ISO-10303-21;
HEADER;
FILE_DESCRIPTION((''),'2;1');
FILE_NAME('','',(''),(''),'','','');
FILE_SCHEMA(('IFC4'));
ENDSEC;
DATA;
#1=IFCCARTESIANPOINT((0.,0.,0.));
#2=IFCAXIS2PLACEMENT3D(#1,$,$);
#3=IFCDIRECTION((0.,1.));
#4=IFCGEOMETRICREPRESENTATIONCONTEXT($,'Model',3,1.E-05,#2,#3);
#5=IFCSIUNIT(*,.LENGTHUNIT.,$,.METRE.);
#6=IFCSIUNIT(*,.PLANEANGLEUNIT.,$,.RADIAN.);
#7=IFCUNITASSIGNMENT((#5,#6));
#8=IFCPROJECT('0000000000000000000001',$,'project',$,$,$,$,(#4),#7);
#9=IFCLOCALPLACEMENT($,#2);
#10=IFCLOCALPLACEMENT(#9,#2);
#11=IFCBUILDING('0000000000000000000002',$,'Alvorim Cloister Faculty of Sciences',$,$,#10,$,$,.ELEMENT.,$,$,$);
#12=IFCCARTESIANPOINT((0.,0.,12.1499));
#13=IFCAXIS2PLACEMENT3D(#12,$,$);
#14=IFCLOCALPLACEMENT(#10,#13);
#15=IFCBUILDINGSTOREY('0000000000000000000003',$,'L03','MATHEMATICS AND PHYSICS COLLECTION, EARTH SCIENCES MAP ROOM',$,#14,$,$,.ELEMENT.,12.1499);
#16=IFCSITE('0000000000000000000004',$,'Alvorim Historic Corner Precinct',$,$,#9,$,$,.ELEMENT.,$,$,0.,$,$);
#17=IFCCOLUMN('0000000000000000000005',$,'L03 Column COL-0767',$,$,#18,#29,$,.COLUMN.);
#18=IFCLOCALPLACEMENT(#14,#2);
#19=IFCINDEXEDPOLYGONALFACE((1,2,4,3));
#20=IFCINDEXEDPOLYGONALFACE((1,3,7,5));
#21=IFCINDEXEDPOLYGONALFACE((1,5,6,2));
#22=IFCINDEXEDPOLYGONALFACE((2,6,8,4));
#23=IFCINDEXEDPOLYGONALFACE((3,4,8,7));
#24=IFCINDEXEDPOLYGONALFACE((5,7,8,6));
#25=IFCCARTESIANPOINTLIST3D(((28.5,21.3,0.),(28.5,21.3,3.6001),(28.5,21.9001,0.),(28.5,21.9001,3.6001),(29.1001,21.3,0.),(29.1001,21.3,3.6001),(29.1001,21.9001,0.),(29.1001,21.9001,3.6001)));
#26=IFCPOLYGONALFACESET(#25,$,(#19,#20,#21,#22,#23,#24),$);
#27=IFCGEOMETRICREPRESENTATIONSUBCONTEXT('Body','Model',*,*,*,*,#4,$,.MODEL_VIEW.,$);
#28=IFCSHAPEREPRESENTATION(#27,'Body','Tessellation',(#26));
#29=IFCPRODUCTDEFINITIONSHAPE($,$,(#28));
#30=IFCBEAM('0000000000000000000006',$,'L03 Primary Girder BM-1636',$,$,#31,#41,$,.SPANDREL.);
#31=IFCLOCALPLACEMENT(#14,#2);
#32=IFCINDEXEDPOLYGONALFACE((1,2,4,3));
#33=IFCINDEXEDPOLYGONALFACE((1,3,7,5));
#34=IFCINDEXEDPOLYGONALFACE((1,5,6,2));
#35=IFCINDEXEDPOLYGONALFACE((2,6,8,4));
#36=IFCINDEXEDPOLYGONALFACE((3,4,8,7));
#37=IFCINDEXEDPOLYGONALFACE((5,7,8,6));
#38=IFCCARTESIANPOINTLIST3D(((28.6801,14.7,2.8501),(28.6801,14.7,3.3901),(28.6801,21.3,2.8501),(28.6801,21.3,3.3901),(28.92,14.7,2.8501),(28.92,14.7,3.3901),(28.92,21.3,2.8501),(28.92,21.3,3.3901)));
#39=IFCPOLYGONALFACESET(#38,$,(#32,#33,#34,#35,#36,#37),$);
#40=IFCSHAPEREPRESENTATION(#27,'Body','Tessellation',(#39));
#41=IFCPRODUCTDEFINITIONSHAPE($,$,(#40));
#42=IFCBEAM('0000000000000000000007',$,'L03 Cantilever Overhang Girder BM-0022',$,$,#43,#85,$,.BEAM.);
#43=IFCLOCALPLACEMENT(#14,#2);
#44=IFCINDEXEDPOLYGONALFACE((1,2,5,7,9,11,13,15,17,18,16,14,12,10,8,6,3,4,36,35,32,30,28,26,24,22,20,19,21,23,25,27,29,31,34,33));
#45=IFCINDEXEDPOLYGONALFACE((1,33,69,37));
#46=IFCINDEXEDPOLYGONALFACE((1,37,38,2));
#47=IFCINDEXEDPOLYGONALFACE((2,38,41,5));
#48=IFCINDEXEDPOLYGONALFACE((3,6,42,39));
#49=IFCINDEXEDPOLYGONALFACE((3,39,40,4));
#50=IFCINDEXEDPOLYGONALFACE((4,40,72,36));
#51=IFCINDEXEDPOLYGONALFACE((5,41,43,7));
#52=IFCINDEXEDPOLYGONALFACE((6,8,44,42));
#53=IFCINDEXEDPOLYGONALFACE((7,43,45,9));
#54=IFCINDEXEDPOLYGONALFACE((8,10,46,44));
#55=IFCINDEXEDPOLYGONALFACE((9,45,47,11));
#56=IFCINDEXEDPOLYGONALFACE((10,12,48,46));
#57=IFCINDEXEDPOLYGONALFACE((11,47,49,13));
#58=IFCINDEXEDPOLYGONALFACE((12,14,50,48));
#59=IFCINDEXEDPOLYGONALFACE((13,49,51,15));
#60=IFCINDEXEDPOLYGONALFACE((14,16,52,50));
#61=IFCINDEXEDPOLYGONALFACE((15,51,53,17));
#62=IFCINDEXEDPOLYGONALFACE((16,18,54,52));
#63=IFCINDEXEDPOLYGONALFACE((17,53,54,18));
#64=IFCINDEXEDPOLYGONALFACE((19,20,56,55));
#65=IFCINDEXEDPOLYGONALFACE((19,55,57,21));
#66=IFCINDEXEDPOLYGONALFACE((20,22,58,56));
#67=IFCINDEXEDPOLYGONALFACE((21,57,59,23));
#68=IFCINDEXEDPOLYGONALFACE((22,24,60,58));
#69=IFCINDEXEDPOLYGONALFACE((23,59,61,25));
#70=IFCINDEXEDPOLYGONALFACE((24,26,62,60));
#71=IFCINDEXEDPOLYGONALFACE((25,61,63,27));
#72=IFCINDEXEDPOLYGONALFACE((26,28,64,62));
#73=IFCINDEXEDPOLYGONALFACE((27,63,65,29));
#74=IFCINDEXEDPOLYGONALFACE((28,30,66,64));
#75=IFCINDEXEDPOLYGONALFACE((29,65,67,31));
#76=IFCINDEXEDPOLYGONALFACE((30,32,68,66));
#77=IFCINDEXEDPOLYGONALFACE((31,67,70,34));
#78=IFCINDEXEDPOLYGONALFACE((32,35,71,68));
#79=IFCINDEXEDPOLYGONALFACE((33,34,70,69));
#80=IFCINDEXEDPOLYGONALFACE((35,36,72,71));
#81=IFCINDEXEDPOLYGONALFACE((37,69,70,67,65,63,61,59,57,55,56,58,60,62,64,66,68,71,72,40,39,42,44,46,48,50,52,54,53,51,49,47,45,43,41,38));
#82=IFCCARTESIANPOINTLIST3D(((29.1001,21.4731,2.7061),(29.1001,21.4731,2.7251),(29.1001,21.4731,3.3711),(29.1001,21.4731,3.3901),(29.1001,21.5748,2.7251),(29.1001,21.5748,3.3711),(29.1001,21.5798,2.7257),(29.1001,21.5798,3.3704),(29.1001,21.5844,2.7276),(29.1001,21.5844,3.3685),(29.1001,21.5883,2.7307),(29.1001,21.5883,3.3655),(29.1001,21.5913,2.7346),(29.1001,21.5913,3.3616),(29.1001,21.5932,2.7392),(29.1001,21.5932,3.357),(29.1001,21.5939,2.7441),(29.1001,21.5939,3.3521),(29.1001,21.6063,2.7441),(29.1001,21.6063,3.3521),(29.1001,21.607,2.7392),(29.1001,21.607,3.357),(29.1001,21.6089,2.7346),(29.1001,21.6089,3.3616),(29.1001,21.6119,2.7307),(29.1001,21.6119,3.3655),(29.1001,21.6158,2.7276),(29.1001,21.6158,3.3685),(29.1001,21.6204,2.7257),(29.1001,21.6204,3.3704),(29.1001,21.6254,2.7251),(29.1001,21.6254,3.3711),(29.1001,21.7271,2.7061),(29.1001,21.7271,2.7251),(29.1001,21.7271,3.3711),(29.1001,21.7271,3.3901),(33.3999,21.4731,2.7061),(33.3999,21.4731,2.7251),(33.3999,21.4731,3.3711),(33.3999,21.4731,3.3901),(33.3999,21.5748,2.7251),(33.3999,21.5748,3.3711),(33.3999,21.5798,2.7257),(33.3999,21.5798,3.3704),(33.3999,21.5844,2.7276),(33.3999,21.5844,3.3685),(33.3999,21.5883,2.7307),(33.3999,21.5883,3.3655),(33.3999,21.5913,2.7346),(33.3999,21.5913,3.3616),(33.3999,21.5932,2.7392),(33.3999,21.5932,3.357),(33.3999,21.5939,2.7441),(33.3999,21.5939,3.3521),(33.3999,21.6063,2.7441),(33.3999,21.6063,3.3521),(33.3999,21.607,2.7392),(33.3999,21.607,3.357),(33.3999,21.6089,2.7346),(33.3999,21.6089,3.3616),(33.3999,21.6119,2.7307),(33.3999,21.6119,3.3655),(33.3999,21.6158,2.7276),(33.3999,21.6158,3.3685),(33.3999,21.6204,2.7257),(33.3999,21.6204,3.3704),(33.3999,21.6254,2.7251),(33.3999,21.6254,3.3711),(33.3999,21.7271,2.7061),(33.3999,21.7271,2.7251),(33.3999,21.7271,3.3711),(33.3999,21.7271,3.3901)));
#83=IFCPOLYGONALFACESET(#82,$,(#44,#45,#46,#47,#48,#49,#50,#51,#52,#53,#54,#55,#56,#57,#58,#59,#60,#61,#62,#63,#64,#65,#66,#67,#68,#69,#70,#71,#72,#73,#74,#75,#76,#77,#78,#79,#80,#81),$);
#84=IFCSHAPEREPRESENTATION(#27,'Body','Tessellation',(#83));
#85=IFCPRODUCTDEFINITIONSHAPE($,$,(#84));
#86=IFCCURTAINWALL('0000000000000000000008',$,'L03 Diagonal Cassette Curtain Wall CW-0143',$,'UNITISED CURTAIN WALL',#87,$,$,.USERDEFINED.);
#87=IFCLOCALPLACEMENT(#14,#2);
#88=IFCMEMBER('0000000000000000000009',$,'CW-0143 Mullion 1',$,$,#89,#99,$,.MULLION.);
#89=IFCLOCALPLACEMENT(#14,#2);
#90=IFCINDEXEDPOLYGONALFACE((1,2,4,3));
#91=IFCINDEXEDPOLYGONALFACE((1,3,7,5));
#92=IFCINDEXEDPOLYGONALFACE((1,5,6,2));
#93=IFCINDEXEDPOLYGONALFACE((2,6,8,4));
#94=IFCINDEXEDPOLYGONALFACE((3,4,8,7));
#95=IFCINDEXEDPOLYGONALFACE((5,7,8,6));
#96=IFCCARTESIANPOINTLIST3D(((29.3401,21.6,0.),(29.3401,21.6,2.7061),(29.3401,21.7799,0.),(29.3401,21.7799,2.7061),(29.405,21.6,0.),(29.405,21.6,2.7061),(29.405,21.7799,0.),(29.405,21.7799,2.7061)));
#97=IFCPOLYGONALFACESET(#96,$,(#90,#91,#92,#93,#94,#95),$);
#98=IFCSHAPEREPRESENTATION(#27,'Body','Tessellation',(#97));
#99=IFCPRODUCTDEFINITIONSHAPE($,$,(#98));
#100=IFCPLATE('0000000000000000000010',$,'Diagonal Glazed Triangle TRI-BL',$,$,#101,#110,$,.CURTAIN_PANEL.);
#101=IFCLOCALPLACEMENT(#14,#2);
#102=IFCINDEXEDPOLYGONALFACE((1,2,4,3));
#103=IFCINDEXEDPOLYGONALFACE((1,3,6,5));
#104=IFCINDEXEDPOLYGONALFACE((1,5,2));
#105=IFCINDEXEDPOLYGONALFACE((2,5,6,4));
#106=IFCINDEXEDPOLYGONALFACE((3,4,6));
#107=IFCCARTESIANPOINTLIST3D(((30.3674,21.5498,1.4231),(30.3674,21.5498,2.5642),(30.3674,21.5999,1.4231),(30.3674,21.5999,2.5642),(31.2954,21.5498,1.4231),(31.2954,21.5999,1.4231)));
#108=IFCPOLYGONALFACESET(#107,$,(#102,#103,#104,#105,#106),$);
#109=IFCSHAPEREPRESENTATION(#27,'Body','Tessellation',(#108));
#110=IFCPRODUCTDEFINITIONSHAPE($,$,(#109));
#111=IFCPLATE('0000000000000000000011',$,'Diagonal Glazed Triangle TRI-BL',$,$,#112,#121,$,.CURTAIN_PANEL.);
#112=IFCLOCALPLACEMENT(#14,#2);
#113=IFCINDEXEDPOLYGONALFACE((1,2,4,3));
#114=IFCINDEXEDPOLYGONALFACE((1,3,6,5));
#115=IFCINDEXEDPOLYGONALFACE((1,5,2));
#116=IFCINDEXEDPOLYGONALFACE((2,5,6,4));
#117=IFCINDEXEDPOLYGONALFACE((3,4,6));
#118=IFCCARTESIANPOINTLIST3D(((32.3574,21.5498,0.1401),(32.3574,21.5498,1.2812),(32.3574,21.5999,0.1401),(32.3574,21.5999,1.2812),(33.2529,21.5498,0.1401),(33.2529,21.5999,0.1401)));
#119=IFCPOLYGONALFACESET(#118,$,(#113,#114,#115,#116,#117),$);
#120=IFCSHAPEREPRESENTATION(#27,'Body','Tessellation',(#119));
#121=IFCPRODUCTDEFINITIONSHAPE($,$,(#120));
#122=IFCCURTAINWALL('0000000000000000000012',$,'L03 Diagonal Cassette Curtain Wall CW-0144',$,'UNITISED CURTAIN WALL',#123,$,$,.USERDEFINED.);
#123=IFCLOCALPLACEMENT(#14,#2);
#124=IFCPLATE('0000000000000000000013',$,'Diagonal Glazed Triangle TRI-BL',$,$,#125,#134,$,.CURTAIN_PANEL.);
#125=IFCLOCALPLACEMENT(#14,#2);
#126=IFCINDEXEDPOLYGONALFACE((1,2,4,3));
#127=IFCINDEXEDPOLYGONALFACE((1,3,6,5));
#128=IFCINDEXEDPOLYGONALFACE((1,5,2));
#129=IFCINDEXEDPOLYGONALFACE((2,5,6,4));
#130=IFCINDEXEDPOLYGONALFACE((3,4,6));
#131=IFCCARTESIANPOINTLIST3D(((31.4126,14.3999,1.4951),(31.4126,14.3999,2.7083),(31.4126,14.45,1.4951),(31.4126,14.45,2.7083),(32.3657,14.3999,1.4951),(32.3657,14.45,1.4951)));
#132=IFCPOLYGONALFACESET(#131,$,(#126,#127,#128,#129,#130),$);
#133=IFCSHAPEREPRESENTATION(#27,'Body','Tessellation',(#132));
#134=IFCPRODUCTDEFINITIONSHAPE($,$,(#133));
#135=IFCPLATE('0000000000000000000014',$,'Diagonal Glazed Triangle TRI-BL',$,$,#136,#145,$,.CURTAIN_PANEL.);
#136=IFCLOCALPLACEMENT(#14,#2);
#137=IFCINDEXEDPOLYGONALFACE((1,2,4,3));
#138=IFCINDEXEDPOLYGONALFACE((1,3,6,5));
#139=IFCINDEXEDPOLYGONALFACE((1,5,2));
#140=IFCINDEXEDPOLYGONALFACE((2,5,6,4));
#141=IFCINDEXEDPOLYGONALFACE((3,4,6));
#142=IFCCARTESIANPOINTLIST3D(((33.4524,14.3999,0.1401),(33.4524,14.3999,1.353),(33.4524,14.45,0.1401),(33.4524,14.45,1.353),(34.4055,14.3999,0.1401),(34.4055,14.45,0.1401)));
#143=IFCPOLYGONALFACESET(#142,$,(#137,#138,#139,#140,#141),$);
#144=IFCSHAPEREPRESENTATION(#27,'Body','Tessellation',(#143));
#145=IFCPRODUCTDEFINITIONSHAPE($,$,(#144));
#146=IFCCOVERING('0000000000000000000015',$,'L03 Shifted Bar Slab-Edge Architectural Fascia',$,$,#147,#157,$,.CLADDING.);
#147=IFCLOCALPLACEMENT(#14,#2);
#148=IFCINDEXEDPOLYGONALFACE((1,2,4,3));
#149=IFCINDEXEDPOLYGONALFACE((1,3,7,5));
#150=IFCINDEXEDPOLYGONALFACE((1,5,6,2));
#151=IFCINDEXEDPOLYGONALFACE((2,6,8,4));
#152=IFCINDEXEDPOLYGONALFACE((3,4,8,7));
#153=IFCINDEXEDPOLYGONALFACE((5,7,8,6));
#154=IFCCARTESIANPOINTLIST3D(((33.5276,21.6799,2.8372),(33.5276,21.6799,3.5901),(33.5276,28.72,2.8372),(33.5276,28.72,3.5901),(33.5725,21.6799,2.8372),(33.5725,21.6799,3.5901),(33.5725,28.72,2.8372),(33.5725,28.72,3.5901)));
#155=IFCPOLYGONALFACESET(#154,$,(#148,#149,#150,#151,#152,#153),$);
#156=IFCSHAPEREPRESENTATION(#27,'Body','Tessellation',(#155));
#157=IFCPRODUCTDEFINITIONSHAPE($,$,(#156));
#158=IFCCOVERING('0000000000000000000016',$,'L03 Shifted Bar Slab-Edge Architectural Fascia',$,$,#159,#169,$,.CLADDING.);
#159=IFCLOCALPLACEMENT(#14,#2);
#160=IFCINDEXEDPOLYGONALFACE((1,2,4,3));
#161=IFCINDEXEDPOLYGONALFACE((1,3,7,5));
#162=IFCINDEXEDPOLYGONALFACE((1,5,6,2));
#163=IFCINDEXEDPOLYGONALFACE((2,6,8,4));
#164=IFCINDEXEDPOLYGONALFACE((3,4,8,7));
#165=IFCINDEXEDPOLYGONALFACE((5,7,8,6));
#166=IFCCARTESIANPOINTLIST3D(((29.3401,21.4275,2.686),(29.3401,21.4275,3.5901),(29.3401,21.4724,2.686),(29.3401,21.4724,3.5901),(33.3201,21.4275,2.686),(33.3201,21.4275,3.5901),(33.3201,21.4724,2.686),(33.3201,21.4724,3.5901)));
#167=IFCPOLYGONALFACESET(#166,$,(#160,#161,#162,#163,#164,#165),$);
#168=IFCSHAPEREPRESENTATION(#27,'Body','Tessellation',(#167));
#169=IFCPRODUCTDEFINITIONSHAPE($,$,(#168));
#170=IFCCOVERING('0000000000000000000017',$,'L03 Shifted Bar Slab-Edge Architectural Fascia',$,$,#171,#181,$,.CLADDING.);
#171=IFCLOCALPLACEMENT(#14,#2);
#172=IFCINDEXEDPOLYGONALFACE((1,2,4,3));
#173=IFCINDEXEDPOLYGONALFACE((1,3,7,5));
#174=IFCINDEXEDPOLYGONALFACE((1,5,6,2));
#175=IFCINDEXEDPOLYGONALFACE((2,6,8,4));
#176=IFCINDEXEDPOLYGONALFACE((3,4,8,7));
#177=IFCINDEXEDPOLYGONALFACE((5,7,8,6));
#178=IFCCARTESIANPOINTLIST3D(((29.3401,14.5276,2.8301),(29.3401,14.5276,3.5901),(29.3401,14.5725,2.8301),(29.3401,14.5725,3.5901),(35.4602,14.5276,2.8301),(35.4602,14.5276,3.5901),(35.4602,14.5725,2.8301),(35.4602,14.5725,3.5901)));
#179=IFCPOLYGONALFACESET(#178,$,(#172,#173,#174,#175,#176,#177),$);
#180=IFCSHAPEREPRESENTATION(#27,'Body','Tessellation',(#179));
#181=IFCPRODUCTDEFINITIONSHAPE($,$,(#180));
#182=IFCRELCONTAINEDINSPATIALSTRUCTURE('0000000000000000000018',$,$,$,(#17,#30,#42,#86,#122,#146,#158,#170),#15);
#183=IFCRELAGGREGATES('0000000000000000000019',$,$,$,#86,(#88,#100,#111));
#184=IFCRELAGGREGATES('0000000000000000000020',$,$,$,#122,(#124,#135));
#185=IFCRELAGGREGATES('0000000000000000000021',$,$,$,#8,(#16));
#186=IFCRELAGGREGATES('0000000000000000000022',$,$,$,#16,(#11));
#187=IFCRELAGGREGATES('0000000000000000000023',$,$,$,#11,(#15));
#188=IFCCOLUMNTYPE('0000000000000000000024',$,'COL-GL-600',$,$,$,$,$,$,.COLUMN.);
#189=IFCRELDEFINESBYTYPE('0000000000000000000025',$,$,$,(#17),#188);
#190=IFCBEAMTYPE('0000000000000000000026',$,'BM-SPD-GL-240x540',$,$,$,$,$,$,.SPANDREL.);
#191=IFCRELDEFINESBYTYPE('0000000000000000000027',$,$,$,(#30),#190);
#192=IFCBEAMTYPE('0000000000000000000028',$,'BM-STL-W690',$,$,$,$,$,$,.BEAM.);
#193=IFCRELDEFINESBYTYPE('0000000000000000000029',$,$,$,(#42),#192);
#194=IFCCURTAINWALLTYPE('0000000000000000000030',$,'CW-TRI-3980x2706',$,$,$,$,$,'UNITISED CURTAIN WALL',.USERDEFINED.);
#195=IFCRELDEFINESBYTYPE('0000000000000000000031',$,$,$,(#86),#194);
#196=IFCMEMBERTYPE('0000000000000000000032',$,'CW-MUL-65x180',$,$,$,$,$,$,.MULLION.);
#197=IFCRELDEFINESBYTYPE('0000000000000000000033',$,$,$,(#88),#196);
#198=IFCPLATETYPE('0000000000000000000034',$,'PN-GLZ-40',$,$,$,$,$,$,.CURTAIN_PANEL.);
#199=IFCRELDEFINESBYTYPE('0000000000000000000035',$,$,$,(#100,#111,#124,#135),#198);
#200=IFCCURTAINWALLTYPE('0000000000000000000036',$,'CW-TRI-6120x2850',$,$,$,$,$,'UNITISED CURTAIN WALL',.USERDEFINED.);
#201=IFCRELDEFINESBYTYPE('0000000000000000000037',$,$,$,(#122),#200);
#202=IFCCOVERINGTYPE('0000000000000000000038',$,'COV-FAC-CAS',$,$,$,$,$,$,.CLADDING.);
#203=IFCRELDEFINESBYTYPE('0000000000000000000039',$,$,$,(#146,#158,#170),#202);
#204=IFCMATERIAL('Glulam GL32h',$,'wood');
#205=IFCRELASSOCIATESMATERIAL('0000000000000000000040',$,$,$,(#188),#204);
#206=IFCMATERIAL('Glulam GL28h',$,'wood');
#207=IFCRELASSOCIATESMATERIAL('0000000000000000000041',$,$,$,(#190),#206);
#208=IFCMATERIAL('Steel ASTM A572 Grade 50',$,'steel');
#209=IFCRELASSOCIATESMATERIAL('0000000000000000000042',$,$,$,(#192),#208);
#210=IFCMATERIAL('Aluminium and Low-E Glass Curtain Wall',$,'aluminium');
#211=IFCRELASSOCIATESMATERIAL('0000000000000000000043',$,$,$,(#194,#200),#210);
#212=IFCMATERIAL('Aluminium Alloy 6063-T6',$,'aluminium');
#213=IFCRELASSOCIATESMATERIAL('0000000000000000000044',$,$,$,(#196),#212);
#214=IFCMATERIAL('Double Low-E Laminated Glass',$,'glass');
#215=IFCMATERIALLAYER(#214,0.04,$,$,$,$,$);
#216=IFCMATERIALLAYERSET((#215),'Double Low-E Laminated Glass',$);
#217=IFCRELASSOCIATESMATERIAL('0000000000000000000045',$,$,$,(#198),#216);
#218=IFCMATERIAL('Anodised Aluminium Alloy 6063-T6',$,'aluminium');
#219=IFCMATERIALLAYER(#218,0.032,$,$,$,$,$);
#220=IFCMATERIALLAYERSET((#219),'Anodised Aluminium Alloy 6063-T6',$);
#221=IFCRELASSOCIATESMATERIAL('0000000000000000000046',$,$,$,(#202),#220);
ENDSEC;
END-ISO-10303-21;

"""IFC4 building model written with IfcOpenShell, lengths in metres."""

from ifc_helpers import new_model, si_unit, direction, frame, origin, origin_2d, place, context, subcontext, project, spatial, polyline, rectangle, i_section, outline, extrude, material, layer, layer_set, material_profile, profile_set, type_object, element, aggregate, save


model = new_model("IFC4")

# Units and contexts
model_context = context("Model", 3, precision=1e-05, world=origin(), true_north=direction((0.0, 1.0)))
body_context = subcontext(model_context, "Body", "Model", "MODEL_VIEW")
ifc_project = project(units=[si_unit("LENGTHUNIT", "METRE"), si_unit("PLANEANGLEUNIT", "RADIAN")], contexts=[model_context])

# Site, building, storey
site_placement = place(None, origin())
site = spatial("IfcSite", under=ifc_project, at=site_placement, Name="Alvorim Historic Corner Precinct", CompositionType="ELEMENT", RefElevation=0.0)
building_placement = place(site_placement, origin())
building = spatial("IfcBuilding", under=site, at=building_placement, Name="Alvorim Cloister Faculty of Sciences", CompositionType="ELEMENT")
storey_placement = place(building_placement, frame((0.0, 0.0, 12.1499)))
storey = spatial("IfcBuildingStorey", under=building, at=storey_placement, Name="L03", Description="MATHEMATICS AND PHYSICS COLLECTION, EARTH SCIENCES MAP ROOM", CompositionType="ELEMENT", Elevation=12.1499)

# Column
ifc_material_1 = material(Name="Glulam GL32h", Category="wood")
ifc_material_profile_1 = material_profile(ifc_material_1, rectangle(XDim=0.6001, YDim=0.6001, at=origin_2d()), Name="GL32-COL-600x600")
ifc_profile_set_1 = profile_set([ifc_material_profile_1], Name="Glulam GL32h")
column_type = type_object("IfcColumnType", Name="COL-GL-600", PredefinedType="COLUMN", material=ifc_profile_set_1)
column_placement = place(storey_placement, frame((28.8, 21.6001, 0.0), z_axis=(0.0, 0.0, 1.0), x_axis=(1.0, 0.0, 0.0)))
element("IfcColumn", 1, at=column_placement, inside=storey, type_object=column_type, Name="L03 Column COL-0767", PredefinedType="COLUMN", context=body_context, shape_type="SweptSolid", body=[
    extrude(rectangle(XDim=0.6001, YDim=0.6001, at=origin_2d()), origin(), (0.0, 0.0, 1.0), 3.6001),
])

# Beams
ifc_material_2 = material(Name="Glulam GL28h", Category="wood")
ifc_material_profile_2 = material_profile(ifc_material_2, rectangle(XDim=0.24, YDim=0.54, at=origin_2d()), Name="GL28-SPD-240x540")
ifc_profile_set_2 = profile_set([ifc_material_profile_2], Name="Glulam GL28h")
beam_type_1 = type_object("IfcBeamType", Name="BM-SPD-GL-240x540", PredefinedType="SPANDREL", material=ifc_profile_set_2)
beam_1_placement = place(storey_placement, frame((28.8, 14.7, 3.1201), z_axis=(0.0, 1.0, 0.0), x_axis=(-1.0, 0.0, 0.0)))
element("IfcBeam", 2, at=beam_1_placement, inside=storey, type_object=beam_type_1, Name="L03 Primary Girder BM-1636", PredefinedType="SPANDREL", context=body_context, shape_type="SweptSolid", body=[
    extrude(rectangle(XDim=0.24, YDim=0.54, at=origin_2d()), origin(), (0.0, 0.0, 1.0), 6.6001),
])
ifc_material_3 = material(Name="Steel ASTM A572 Grade 50", Category="steel")
ifc_material_profile_3 = material_profile(ifc_material_3, i_section(OverallWidth=0.2539, OverallDepth=0.6841, WebThickness=0.0125, FlangeThickness=0.019, FilletRadius=0.019, at=origin_2d()), Name="W690x140.0")
ifc_profile_set_3 = profile_set([ifc_material_profile_3], Name="Steel ASTM A572 Grade 50")
beam_type_2 = type_object("IfcBeamType", Name="BM-STL-W690", PredefinedType="BEAM", material=ifc_profile_set_3)
beam_2_placement = place(storey_placement, frame((29.1001, 21.6001, 3.0481), z_axis=(1.0, 0.0, 0.0), x_axis=(0.0, 1.0, 0.0)))
element("IfcBeam", 3, at=beam_2_placement, inside=storey, type_object=beam_type_2, Name="L03 Cantilever Overhang Girder BM-0022", PredefinedType="BEAM", context=body_context, shape_type="SweptSolid", body=[
    extrude(i_section(OverallWidth=0.2539, OverallDepth=0.6841, WebThickness=0.0125, FlangeThickness=0.019, FilletRadius=0.019, at=origin_2d()), origin(), (0.0, 0.0, 1.0), 4.2998),
])

# Curtain wall, member, plates
ifc_material_4 = material(Name="Aluminium and Low-E Glass Curtain Wall", Category="aluminium")
curtain_wall_type_1 = type_object("IfcCurtainWallType", Name="CW-TRI-3980x2706", ElementType="UNITISED CURTAIN WALL", PredefinedType="USERDEFINED", material=ifc_material_4)
curtain_wall_1_placement = place(storey_placement, origin())
curtain_wall_1 = element("IfcCurtainWall", 4, at=curtain_wall_1_placement, inside=storey, type_object=curtain_wall_type_1, Name="L03 Diagonal Cassette Curtain Wall CW-0143", ObjectType="UNITISED CURTAIN WALL", PredefinedType="USERDEFINED")
ifc_material_5 = material(Name="Aluminium Alloy 6063-T6", Category="aluminium")
ifc_material_profile_4 = material_profile(ifc_material_5, rectangle(XDim=0.0649, YDim=0.1799, at=origin_2d()), Name="ALU-MUL-65x180")
ifc_profile_set_4 = profile_set([ifc_material_profile_4], Name="Aluminium Alloy 6063-T6")
member_type = type_object("IfcMemberType", Name="CW-MUL-65x180", PredefinedType="MULLION", material=ifc_profile_set_4)
member_placement = place(storey_placement, frame((29.3726, 21.6899, 0.0), z_axis=(0.0, 0.0, 1.0), x_axis=(1.0, 0.0, 0.0)))
member = element("IfcMember", 5, at=member_placement, type_object=member_type, Name="CW-0143 Mullion 1", PredefinedType="MULLION", context=body_context, shape_type="SweptSolid", body=[
    extrude(rectangle(XDim=0.0649, YDim=0.1799, at=origin_2d()), origin(), (0.0, 0.0, 1.0), 2.7061),
])
ifc_material_6 = material(Name="Double Low-E Laminated Glass", Category="glass")
ifc_layer_1 = layer(ifc_material_6, 0.04)
ifc_layer_set_1 = layer_set([ifc_layer_1], Name="Double Low-E Laminated Glass")
plate_type = type_object("IfcPlateType", Name="PN-GLZ-40", PredefinedType="CURTAIN_PANEL", material=ifc_layer_set_1)
plate_1_placement = place(storey_placement, frame((30.3674, 21.575, 1.4231), z_axis=(0.0, 0.0, 1.0), x_axis=(1.0, 0.0, 0.0)))
plate_1 = element("IfcPlate", 6, at=plate_1_placement, type_object=plate_type, Name="Diagonal Glazed Triangle TRI-BL", PredefinedType="CURTAIN_PANEL", context=body_context, shape_type="SweptSolid", body=[
    extrude(outline(polyline([(0.0, 0.0), (0.928, 0.0), (0.0, 1.1411), (0.0, 0.0)])), frame((0.0, 0.0249, 0.0), z_axis=(0.0, -1.0, 0.0), x_axis=(1.0, 0.0, 0.0)), (0.0, 0.0, 1.0), 0.05),
])
plate_2_placement = place(storey_placement, frame((32.3574, 21.575, 0.1401), z_axis=(0.0, 0.0, 1.0), x_axis=(1.0, 0.0, 0.0)))
plate_2 = element("IfcPlate", 7, at=plate_2_placement, type_object=plate_type, Name="Diagonal Glazed Triangle TRI-BL", PredefinedType="CURTAIN_PANEL", context=body_context, shape_type="SweptSolid", body=[
    extrude(outline(polyline([(0.0, 0.0), (0.8955, 0.0), (0.0, 1.1411), (0.0, 0.0)])), frame((0.0, 0.0249, 0.0), z_axis=(0.0, -1.0, 0.0), x_axis=(1.0, 0.0, 0.0)), (0.0, 0.0, 1.0), 0.05),
])
aggregate(curtain_wall_1, [member, plate_1, plate_2])

# Curtain wall, plates
curtain_wall_type_2 = type_object("IfcCurtainWallType", Name="CW-TRI-6120x2850", ElementType="UNITISED CURTAIN WALL", PredefinedType="USERDEFINED", material=ifc_material_4)
curtain_wall_2_placement = place(storey_placement, origin())
curtain_wall_2 = element("IfcCurtainWall", 8, at=curtain_wall_2_placement, inside=storey, type_object=curtain_wall_type_2, Name="L03 Diagonal Cassette Curtain Wall CW-0144", ObjectType="UNITISED CURTAIN WALL", PredefinedType="USERDEFINED")
plate_3_placement = place(storey_placement, frame((31.4126, 14.425, 1.4951), z_axis=(0.0, 0.0, 1.0), x_axis=(1.0, 0.0, 0.0)))
plate_3 = element("IfcPlate", 9, at=plate_3_placement, type_object=plate_type, Name="Diagonal Glazed Triangle TRI-BL", PredefinedType="CURTAIN_PANEL", context=body_context, shape_type="SweptSolid", body=[
    extrude(outline(polyline([(0.0, 0.0), (0.9531, 0.0), (0.0, 1.2131), (0.0, 0.0)])), frame((0.0, 0.0249, 0.0), z_axis=(0.0, -1.0, 0.0), x_axis=(1.0, 0.0, 0.0)), (0.0, 0.0, 1.0), 0.05),
])
plate_4_placement = place(storey_placement, frame((33.4524, 14.425, 0.1401), z_axis=(0.0, 0.0, 1.0), x_axis=(1.0, 0.0, 0.0)))
plate_4 = element("IfcPlate", 10, at=plate_4_placement, type_object=plate_type, Name="Diagonal Glazed Triangle TRI-BL", PredefinedType="CURTAIN_PANEL", context=body_context, shape_type="SweptSolid", body=[
    extrude(outline(polyline([(0.0, 0.0), (0.9531, 0.0), (0.0, 1.2129), (0.0, 0.0)])), frame((0.0, 0.0249, 0.0), z_axis=(0.0, -1.0, 0.0), x_axis=(1.0, 0.0, 0.0)), (0.0, 0.0, 1.0), 0.05),
])
aggregate(curtain_wall_2, [plate_3, plate_4])

# Coverings
ifc_material_7 = material(Name="Anodised Aluminium Alloy 6063-T6", Category="aluminium")
ifc_layer_2 = layer(ifc_material_7, 0.032)
ifc_layer_set_2 = layer_set([ifc_layer_2], Name="Anodised Aluminium Alloy 6063-T6")
covering_type = type_object("IfcCoveringType", Name="COV-FAC-CAS", PredefinedType="CLADDING", material=ifc_layer_set_2)
covering_1_placement = place(storey_placement, frame((33.55, 21.6799, 2.8372), z_axis=(0.0, 0.0, 1.0), x_axis=(0.0, 1.0, 0.0)))
element("IfcCovering", 11, at=covering_1_placement, inside=storey, type_object=covering_type, Name="L03 Shifted Bar Slab-Edge Architectural Fascia", PredefinedType="CLADDING", context=body_context, shape_type="SweptSolid", body=[
    extrude(outline(polyline([(0.0, 0.0), (7.04, 0.0), (7.04, 0.7529), (0.0, 0.7529), (0.0, 0.0)])), frame((0.0, 0.0225, 0.0), z_axis=(0.0, -1.0, 0.0), x_axis=(1.0, 0.0, 0.0)), (0.0, 0.0, 1.0), 0.0449),
])
covering_2_placement = place(storey_placement, frame((29.3401, 21.45, 2.686), z_axis=(0.0, 0.0, 1.0), x_axis=(1.0, 0.0, 0.0)))
element("IfcCovering", 12, at=covering_2_placement, inside=storey, type_object=covering_type, Name="L03 Shifted Bar Slab-Edge Architectural Fascia", PredefinedType="CLADDING", context=body_context, shape_type="SweptSolid", body=[
    extrude(outline(polyline([(0.0, 0.0), (3.98, 0.0), (3.98, 0.9041), (0.0, 0.9041), (0.0, 0.0)])), frame((0.0, 0.0225, 0.0), z_axis=(0.0, -1.0, 0.0), x_axis=(1.0, 0.0, 0.0)), (0.0, 0.0, 1.0), 0.0449),
])
covering_3_placement = place(storey_placement, frame((29.3401, 14.55, 2.8301), z_axis=(0.0, 0.0, 1.0), x_axis=(1.0, 0.0, 0.0)))
element("IfcCovering", 13, at=covering_3_placement, inside=storey, type_object=covering_type, Name="L03 Shifted Bar Slab-Edge Architectural Fascia", PredefinedType="CLADDING", context=body_context, shape_type="SweptSolid", body=[
    extrude(outline(polyline([(0.0, 0.0), (6.1201, 0.0), (6.1201, 0.76), (0.0, 0.76), (0.0, 0.0)])), frame((0.0, 0.0225, 0.0), z_axis=(0.0, -1.0, 0.0), x_axis=(1.0, 0.0, 0.0)), (0.0, 0.0, 1.0), 0.0449),
])

save(model, "model.ifc")
